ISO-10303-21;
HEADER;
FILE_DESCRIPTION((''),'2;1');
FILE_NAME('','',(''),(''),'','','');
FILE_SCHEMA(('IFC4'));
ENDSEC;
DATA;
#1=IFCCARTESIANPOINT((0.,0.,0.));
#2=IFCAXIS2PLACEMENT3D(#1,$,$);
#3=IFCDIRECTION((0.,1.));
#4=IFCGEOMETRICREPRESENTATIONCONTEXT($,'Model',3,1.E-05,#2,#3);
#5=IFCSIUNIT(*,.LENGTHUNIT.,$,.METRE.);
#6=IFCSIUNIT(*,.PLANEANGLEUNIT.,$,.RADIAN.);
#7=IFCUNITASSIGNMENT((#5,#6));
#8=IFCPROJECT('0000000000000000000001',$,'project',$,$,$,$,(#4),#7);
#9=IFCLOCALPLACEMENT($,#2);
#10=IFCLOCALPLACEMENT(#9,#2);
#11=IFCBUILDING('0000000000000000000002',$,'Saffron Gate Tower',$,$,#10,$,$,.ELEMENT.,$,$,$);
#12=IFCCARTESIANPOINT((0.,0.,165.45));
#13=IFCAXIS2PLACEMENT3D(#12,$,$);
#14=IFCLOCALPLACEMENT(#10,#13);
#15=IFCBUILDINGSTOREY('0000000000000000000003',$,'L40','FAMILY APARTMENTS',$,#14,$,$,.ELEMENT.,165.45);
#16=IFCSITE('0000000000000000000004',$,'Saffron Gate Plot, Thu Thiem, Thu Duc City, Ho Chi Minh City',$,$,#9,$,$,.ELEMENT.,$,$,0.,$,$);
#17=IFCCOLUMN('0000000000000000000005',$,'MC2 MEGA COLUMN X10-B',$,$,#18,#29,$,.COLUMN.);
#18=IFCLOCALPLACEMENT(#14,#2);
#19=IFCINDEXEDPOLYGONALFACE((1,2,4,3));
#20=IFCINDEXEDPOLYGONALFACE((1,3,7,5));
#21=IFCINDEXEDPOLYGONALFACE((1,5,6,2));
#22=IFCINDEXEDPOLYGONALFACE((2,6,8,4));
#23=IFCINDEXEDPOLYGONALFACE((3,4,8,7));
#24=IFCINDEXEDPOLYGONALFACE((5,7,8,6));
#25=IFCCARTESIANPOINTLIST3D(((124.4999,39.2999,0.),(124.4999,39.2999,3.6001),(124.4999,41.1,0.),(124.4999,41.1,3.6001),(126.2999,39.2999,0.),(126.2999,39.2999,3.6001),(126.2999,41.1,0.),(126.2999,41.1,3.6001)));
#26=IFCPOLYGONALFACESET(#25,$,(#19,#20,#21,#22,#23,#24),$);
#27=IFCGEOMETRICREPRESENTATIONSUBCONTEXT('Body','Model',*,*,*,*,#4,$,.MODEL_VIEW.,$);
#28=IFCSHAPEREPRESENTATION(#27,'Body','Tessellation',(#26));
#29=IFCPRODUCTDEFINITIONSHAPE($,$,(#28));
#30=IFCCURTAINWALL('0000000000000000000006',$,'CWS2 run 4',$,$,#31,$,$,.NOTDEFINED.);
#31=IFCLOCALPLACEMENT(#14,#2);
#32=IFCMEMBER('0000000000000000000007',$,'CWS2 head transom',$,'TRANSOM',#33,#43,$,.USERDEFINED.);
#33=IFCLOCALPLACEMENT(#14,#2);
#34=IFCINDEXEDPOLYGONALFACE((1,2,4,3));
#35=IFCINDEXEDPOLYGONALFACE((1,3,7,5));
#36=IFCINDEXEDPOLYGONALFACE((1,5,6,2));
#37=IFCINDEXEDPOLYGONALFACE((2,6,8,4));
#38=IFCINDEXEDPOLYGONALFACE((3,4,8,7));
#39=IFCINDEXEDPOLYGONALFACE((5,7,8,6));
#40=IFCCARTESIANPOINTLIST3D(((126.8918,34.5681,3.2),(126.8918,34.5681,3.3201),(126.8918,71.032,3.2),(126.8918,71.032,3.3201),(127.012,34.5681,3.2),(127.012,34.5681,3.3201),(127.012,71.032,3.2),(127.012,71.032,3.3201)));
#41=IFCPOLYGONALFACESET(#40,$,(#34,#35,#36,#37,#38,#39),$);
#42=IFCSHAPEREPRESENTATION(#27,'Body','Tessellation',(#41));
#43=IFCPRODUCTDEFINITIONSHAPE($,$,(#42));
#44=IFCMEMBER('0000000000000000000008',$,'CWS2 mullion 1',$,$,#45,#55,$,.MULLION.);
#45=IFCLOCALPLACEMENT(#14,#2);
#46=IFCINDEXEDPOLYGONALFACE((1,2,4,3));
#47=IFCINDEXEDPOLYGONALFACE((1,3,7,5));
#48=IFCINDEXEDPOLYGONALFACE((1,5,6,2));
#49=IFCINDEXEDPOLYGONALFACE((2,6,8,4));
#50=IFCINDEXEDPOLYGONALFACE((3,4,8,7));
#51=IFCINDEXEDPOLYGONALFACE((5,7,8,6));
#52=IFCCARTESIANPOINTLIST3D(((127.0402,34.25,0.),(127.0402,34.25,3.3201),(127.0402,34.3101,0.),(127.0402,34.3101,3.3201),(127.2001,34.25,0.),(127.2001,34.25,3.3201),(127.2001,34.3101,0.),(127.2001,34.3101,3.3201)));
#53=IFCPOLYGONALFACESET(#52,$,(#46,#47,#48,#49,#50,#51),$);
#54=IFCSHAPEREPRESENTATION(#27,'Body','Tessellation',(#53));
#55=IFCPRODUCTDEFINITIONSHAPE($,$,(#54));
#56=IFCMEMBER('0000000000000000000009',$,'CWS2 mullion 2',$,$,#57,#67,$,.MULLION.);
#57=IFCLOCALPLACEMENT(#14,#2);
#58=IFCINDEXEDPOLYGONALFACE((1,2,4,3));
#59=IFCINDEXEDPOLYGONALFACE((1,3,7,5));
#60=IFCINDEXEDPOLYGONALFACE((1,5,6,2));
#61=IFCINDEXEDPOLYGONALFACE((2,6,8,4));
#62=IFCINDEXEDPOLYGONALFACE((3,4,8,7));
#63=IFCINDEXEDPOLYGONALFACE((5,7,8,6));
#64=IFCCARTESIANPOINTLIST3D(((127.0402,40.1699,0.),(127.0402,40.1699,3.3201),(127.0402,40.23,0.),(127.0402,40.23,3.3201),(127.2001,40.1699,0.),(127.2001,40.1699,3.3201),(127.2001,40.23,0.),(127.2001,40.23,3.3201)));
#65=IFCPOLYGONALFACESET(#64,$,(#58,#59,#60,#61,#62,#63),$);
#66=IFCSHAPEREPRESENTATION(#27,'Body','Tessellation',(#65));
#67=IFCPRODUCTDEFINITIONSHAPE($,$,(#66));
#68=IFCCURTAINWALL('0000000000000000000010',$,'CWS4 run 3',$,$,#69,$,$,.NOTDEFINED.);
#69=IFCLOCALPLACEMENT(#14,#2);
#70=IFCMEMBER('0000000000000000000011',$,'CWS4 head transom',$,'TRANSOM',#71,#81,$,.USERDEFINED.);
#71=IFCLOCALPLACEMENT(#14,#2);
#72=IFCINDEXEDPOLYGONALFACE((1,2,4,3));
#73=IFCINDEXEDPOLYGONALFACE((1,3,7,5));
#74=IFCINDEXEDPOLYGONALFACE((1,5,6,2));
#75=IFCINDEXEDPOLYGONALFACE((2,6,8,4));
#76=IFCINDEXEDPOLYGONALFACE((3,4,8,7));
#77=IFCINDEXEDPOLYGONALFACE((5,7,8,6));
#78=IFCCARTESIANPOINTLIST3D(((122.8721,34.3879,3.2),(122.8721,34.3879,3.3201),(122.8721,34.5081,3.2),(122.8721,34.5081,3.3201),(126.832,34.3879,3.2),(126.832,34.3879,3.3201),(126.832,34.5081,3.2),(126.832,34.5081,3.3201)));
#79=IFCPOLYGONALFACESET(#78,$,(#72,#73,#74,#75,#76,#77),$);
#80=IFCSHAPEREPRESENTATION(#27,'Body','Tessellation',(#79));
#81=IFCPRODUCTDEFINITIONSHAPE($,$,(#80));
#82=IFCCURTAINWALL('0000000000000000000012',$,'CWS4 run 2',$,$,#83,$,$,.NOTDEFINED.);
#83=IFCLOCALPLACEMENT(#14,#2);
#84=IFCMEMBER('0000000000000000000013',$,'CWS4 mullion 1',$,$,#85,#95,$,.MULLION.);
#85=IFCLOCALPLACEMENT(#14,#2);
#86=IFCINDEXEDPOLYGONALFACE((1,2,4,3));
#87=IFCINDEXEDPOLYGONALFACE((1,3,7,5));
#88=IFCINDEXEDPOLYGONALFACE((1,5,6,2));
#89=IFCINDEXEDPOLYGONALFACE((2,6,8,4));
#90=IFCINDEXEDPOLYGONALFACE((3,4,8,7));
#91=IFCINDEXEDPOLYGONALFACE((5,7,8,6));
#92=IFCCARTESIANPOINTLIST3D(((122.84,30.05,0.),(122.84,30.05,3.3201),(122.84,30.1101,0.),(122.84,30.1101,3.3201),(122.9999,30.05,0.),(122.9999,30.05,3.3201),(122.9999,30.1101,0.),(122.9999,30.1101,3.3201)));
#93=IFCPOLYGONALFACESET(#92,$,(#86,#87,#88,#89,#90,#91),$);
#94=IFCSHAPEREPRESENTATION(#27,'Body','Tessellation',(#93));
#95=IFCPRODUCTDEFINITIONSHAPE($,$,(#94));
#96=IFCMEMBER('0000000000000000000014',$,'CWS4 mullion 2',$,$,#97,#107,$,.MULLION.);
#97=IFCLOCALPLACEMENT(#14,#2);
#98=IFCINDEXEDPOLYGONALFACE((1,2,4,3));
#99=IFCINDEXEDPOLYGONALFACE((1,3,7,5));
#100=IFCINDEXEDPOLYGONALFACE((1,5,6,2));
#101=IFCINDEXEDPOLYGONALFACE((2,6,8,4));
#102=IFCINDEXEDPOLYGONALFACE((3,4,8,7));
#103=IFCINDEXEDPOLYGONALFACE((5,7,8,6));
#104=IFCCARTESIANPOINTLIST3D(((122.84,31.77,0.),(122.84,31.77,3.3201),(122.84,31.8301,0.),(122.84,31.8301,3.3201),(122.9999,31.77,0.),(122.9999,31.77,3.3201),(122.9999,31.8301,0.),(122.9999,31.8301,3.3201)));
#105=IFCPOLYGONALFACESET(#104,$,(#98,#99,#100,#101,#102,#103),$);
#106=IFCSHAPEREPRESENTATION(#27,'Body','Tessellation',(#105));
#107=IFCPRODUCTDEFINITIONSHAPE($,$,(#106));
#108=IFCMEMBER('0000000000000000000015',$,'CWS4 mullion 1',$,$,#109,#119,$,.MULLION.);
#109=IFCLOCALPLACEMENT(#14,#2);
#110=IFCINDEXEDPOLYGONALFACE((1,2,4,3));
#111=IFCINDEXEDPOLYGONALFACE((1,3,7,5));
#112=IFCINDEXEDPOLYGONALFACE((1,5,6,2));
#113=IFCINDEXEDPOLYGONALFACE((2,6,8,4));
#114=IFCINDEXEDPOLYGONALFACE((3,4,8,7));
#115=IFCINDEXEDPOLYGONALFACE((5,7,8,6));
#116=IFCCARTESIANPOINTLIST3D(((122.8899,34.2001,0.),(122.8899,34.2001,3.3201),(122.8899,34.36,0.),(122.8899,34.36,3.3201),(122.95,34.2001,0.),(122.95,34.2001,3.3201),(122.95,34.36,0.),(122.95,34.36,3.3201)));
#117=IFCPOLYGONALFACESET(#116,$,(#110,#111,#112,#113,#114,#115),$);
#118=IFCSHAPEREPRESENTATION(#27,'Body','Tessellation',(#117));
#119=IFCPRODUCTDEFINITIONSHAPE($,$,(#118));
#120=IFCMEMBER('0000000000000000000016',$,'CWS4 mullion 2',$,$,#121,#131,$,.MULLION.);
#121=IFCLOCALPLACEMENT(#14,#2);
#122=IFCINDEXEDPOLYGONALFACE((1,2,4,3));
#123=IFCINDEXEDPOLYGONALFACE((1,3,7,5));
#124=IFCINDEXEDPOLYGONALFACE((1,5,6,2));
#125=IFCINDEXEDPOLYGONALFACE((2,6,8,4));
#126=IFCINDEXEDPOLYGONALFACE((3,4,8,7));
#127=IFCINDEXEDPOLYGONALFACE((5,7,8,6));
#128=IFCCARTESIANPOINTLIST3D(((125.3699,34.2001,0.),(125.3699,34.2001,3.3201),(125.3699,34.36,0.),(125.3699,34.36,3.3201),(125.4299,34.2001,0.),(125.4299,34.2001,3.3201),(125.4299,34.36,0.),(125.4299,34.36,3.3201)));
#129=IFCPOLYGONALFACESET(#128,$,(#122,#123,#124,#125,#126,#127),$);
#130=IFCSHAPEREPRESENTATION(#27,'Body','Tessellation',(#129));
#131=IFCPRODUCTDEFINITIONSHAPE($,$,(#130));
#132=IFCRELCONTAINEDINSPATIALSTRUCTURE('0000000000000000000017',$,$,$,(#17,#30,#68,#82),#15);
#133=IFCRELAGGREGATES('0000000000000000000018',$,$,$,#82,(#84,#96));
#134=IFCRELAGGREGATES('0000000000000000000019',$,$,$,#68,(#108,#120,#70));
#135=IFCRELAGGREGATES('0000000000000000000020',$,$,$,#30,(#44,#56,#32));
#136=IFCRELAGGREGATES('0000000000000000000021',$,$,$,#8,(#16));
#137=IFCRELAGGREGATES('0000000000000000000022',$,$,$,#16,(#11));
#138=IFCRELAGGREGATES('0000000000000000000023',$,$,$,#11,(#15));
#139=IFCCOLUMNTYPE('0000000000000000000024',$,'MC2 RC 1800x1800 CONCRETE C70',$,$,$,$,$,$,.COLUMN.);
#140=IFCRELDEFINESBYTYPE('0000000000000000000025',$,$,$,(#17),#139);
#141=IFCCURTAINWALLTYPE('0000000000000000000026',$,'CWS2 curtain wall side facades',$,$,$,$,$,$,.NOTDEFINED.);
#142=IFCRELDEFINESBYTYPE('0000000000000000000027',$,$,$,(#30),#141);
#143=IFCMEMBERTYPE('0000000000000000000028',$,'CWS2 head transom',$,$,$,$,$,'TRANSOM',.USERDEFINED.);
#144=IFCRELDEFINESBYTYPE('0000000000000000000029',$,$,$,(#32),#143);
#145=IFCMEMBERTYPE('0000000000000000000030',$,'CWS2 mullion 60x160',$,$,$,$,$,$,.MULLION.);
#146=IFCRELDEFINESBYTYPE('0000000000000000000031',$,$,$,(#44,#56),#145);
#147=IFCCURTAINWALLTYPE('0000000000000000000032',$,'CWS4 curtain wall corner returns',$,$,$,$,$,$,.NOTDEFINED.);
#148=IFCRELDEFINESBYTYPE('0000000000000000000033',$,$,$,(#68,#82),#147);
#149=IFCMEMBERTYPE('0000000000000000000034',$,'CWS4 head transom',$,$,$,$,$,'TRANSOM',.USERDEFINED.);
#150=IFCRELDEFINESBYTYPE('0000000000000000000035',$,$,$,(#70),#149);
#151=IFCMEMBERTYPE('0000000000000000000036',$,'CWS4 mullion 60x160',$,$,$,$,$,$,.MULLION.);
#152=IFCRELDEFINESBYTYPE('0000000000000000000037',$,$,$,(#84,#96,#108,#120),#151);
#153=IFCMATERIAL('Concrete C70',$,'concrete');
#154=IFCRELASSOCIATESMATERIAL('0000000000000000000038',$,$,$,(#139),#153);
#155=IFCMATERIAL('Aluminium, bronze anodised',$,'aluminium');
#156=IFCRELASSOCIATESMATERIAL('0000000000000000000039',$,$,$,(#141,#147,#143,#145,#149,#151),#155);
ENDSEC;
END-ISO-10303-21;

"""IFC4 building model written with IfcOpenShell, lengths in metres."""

from ifc_helpers import new_model, si_unit, direction, frame, origin, origin_2d, place, context, subcontext, project, spatial, rectangle, extrude, material, material_profile, profile_set, type_object, element, aggregate, save


model = new_model("IFC4")

# Units and contexts
model_context = context("Model", 3, precision=1e-05, world=origin(), true_north=direction((0.0, 1.0)))
body_context = subcontext(model_context, "Body", "Model", "MODEL_VIEW")
ifc_project = project(units=[si_unit("LENGTHUNIT", "METRE"), si_unit("PLANEANGLEUNIT", "RADIAN")], contexts=[model_context])

# Site, building, storey
site_placement = place(None, origin())
site = spatial("IfcSite", under=ifc_project, at=site_placement, Name="Saffron Gate Plot, Thu Thiem, Thu Duc City, Ho Chi Minh City", CompositionType="ELEMENT", RefElevation=0.0)
building_placement = place(site_placement, origin())
building = spatial("IfcBuilding", under=site, at=building_placement, Name="Saffron Gate Tower", CompositionType="ELEMENT")
storey_placement = place(building_placement, frame((0.0, 0.0, 165.45)))
storey = spatial("IfcBuildingStorey", under=building, at=storey_placement, Name="L40", Description="FAMILY APARTMENTS", CompositionType="ELEMENT", Elevation=165.45)

# Column
ifc_material_1 = material(Name="Concrete C70", Category="concrete")
ifc_material_profile_1 = material_profile(ifc_material_1, rectangle(XDim=1.8, YDim=1.8, at=origin_2d()))
ifc_profile_set_1 = profile_set([ifc_material_profile_1], Name="Concrete C70")
column_type = type_object("IfcColumnType", Name="MC2 RC 1800x1800 CONCRETE C70", PredefinedType="COLUMN", material=ifc_profile_set_1)
column_placement = place(storey_placement, frame((125.3999, 40.2, 0.0), z_axis=(0.0, 0.0, 1.0), x_axis=(1.0, 0.0, 0.0)))
element("IfcColumn", 1, at=column_placement, inside=storey, type_object=column_type, Name="MC2 MEGA COLUMN X10-B", PredefinedType="COLUMN", context=body_context, shape_type="SweptSolid", body=[
    extrude(rectangle(XDim=1.8, YDim=1.8, at=origin_2d()), origin(), (0.0, 0.0, 1.0), 3.6001),
])

# Curtain wall, members
ifc_material_2 = material(Name="Aluminium, bronze anodised", Category="aluminium")
curtain_wall_type_1 = type_object("IfcCurtainWallType", Name="CWS2 curtain wall side facades", PredefinedType="NOTDEFINED", material=ifc_material_2)
curtain_wall_1_placement = place(storey_placement, origin())
curtain_wall_1 = element("IfcCurtainWall", 2, at=curtain_wall_1_placement, inside=storey, type_object=curtain_wall_type_1, Name="CWS2 run 4", PredefinedType="NOTDEFINED")
ifc_material_profile_2 = material_profile(ifc_material_2, rectangle(XDim=0.1201, YDim=0.1201, at=origin_2d()))
ifc_profile_set_2 = profile_set([ifc_material_profile_2], Name="Aluminium, bronze anodised")
member_type_1 = type_object("IfcMemberType", Name="CWS2 head transom", ElementType="TRANSOM", PredefinedType="USERDEFINED", material=ifc_profile_set_2)
member_1_placement = place(storey_placement, frame((126.9519, 34.5681, 3.26), z_axis=(0.0, 1.0, 0.0), x_axis=(-1.0, 0.0, 0.0)))
member_1 = element("IfcMember", 3, at=member_1_placement, type_object=member_type_1, Name="CWS2 head transom", ObjectType="TRANSOM", PredefinedType="USERDEFINED", context=body_context, shape_type="SweptSolid", body=[
    extrude(rectangle(XDim=0.1201, YDim=0.1201, at=origin_2d()), origin(), (0.0, 0.0, 1.0), 36.4639),
])
ifc_material_profile_3 = material_profile(ifc_material_2, rectangle(XDim=0.1599, YDim=0.0601, at=origin_2d()))
ifc_profile_set_3 = profile_set([ifc_material_profile_3], Name="Aluminium, bronze anodised")
member_type_2 = type_object("IfcMemberType", Name="CWS2 mullion 60x160", PredefinedType="MULLION", material=ifc_profile_set_3)
member_2_placement = place(storey_placement, frame((127.1201, 34.28, 0.0), z_axis=(0.0, 0.0, 1.0), x_axis=(-1.0, 0.0, 0.0)))
member_2 = element("IfcMember", 4, at=member_2_placement, type_object=member_type_2, Name="CWS2 mullion 1", PredefinedType="MULLION", context=body_context, shape_type="SweptSolid", body=[
    extrude(rectangle(XDim=0.1599, YDim=0.0601, at=origin_2d()), origin(), (0.0, 0.0, 1.0), 3.3201),
])
member_3_placement = place(storey_placement, frame((127.1201, 40.2, 0.0), z_axis=(0.0, 0.0, 1.0), x_axis=(-1.0, 0.0, 0.0)))
member_3 = element("IfcMember", 5, at=member_3_placement, type_object=member_type_2, Name="CWS2 mullion 2", PredefinedType="MULLION", context=body_context, shape_type="SweptSolid", body=[
    extrude(rectangle(XDim=0.1599, YDim=0.0601, at=origin_2d()), origin(), (0.0, 0.0, 1.0), 3.3201),
])

# Curtain wall, member
curtain_wall_type_2 = type_object("IfcCurtainWallType", Name="CWS4 curtain wall corner returns", PredefinedType="NOTDEFINED", material=ifc_material_2)
curtain_wall_2_placement = place(storey_placement, origin())
curtain_wall_2 = element("IfcCurtainWall", 6, at=curtain_wall_2_placement, inside=storey, type_object=curtain_wall_type_2, Name="CWS4 run 3", PredefinedType="NOTDEFINED")
ifc_material_profile_4 = material_profile(ifc_material_2, rectangle(XDim=0.1201, YDim=0.1201, at=origin_2d()))
ifc_profile_set_4 = profile_set([ifc_material_profile_4], Name="Aluminium, bronze anodised")
member_type_3 = type_object("IfcMemberType", Name="CWS4 head transom", ElementType="TRANSOM", PredefinedType="USERDEFINED", material=ifc_profile_set_4)
member_4_placement = place(storey_placement, frame((122.8721, 34.448, 3.26), z_axis=(1.0, 0.0, 0.0), x_axis=(0.0, 1.0, 0.0)))
member_4 = element("IfcMember", 7, at=member_4_placement, type_object=member_type_3, Name="CWS4 head transom", ObjectType="TRANSOM", PredefinedType="USERDEFINED", context=body_context, shape_type="SweptSolid", body=[
    extrude(rectangle(XDim=0.1201, YDim=0.1201, at=origin_2d()), origin(), (0.0, 0.0, 1.0), 3.96),
])

# Curtain wall, members
curtain_wall_3_placement = place(storey_placement, origin())
curtain_wall_3 = element("IfcCurtainWall", 8, at=curtain_wall_3_placement, inside=storey, type_object=curtain_wall_type_2, Name="CWS4 run 2", PredefinedType="NOTDEFINED")
ifc_material_profile_5 = material_profile(ifc_material_2, rectangle(XDim=0.1599, YDim=0.0601, at=origin_2d()))
ifc_profile_set_5 = profile_set([ifc_material_profile_5], Name="Aluminium, bronze anodised")
member_type_4 = type_object("IfcMemberType", Name="CWS4 mullion 60x160", PredefinedType="MULLION", material=ifc_profile_set_5)
member_5_placement = place(storey_placement, frame((122.9199, 30.0801, 0.0), z_axis=(0.0, 0.0, 1.0), x_axis=(-1.0, 0.0, 0.0)))
member_5 = element("IfcMember", 9, at=member_5_placement, type_object=member_type_4, Name="CWS4 mullion 1", PredefinedType="MULLION", context=body_context, shape_type="SweptSolid", body=[
    extrude(rectangle(XDim=0.1599, YDim=0.0601, at=origin_2d()), origin(), (0.0, 0.0, 1.0), 3.3201),
])
member_6_placement = place(storey_placement, frame((122.9199, 31.8, 0.0), z_axis=(0.0, 0.0, 1.0), x_axis=(-1.0, 0.0, 0.0)))
member_6 = element("IfcMember", 10, at=member_6_placement, type_object=member_type_4, Name="CWS4 mullion 2", PredefinedType="MULLION", context=body_context, shape_type="SweptSolid", body=[
    extrude(rectangle(XDim=0.1599, YDim=0.0601, at=origin_2d()), origin(), (0.0, 0.0, 1.0), 3.3201),
])
aggregate(curtain_wall_3, [member_5, member_6])

# Members
member_7_placement = place(storey_placement, frame((122.9199, 34.28, 0.0), z_axis=(0.0, 0.0, 1.0), x_axis=(0.0, 1.0, 0.0)))
member_7 = element("IfcMember", 11, at=member_7_placement, type_object=member_type_4, Name="CWS4 mullion 1", PredefinedType="MULLION", context=body_context, shape_type="SweptSolid", body=[
    extrude(rectangle(XDim=0.1599, YDim=0.0601, at=origin_2d()), origin(), (0.0, 0.0, 1.0), 3.3201),
])
member_8_placement = place(storey_placement, frame((125.3999, 34.28, 0.0), z_axis=(0.0, 0.0, 1.0), x_axis=(0.0, 1.0, 0.0)))
member_8 = element("IfcMember", 12, at=member_8_placement, type_object=member_type_4, Name="CWS4 mullion 2", PredefinedType="MULLION", context=body_context, shape_type="SweptSolid", body=[
    extrude(rectangle(XDim=0.1599, YDim=0.0601, at=origin_2d()), origin(), (0.0, 0.0, 1.0), 3.3201),
])
aggregate(curtain_wall_2, [member_7, member_8, member_4])

aggregate(curtain_wall_1, [member_2, member_3, member_1])

save(model, "model.ifc")
